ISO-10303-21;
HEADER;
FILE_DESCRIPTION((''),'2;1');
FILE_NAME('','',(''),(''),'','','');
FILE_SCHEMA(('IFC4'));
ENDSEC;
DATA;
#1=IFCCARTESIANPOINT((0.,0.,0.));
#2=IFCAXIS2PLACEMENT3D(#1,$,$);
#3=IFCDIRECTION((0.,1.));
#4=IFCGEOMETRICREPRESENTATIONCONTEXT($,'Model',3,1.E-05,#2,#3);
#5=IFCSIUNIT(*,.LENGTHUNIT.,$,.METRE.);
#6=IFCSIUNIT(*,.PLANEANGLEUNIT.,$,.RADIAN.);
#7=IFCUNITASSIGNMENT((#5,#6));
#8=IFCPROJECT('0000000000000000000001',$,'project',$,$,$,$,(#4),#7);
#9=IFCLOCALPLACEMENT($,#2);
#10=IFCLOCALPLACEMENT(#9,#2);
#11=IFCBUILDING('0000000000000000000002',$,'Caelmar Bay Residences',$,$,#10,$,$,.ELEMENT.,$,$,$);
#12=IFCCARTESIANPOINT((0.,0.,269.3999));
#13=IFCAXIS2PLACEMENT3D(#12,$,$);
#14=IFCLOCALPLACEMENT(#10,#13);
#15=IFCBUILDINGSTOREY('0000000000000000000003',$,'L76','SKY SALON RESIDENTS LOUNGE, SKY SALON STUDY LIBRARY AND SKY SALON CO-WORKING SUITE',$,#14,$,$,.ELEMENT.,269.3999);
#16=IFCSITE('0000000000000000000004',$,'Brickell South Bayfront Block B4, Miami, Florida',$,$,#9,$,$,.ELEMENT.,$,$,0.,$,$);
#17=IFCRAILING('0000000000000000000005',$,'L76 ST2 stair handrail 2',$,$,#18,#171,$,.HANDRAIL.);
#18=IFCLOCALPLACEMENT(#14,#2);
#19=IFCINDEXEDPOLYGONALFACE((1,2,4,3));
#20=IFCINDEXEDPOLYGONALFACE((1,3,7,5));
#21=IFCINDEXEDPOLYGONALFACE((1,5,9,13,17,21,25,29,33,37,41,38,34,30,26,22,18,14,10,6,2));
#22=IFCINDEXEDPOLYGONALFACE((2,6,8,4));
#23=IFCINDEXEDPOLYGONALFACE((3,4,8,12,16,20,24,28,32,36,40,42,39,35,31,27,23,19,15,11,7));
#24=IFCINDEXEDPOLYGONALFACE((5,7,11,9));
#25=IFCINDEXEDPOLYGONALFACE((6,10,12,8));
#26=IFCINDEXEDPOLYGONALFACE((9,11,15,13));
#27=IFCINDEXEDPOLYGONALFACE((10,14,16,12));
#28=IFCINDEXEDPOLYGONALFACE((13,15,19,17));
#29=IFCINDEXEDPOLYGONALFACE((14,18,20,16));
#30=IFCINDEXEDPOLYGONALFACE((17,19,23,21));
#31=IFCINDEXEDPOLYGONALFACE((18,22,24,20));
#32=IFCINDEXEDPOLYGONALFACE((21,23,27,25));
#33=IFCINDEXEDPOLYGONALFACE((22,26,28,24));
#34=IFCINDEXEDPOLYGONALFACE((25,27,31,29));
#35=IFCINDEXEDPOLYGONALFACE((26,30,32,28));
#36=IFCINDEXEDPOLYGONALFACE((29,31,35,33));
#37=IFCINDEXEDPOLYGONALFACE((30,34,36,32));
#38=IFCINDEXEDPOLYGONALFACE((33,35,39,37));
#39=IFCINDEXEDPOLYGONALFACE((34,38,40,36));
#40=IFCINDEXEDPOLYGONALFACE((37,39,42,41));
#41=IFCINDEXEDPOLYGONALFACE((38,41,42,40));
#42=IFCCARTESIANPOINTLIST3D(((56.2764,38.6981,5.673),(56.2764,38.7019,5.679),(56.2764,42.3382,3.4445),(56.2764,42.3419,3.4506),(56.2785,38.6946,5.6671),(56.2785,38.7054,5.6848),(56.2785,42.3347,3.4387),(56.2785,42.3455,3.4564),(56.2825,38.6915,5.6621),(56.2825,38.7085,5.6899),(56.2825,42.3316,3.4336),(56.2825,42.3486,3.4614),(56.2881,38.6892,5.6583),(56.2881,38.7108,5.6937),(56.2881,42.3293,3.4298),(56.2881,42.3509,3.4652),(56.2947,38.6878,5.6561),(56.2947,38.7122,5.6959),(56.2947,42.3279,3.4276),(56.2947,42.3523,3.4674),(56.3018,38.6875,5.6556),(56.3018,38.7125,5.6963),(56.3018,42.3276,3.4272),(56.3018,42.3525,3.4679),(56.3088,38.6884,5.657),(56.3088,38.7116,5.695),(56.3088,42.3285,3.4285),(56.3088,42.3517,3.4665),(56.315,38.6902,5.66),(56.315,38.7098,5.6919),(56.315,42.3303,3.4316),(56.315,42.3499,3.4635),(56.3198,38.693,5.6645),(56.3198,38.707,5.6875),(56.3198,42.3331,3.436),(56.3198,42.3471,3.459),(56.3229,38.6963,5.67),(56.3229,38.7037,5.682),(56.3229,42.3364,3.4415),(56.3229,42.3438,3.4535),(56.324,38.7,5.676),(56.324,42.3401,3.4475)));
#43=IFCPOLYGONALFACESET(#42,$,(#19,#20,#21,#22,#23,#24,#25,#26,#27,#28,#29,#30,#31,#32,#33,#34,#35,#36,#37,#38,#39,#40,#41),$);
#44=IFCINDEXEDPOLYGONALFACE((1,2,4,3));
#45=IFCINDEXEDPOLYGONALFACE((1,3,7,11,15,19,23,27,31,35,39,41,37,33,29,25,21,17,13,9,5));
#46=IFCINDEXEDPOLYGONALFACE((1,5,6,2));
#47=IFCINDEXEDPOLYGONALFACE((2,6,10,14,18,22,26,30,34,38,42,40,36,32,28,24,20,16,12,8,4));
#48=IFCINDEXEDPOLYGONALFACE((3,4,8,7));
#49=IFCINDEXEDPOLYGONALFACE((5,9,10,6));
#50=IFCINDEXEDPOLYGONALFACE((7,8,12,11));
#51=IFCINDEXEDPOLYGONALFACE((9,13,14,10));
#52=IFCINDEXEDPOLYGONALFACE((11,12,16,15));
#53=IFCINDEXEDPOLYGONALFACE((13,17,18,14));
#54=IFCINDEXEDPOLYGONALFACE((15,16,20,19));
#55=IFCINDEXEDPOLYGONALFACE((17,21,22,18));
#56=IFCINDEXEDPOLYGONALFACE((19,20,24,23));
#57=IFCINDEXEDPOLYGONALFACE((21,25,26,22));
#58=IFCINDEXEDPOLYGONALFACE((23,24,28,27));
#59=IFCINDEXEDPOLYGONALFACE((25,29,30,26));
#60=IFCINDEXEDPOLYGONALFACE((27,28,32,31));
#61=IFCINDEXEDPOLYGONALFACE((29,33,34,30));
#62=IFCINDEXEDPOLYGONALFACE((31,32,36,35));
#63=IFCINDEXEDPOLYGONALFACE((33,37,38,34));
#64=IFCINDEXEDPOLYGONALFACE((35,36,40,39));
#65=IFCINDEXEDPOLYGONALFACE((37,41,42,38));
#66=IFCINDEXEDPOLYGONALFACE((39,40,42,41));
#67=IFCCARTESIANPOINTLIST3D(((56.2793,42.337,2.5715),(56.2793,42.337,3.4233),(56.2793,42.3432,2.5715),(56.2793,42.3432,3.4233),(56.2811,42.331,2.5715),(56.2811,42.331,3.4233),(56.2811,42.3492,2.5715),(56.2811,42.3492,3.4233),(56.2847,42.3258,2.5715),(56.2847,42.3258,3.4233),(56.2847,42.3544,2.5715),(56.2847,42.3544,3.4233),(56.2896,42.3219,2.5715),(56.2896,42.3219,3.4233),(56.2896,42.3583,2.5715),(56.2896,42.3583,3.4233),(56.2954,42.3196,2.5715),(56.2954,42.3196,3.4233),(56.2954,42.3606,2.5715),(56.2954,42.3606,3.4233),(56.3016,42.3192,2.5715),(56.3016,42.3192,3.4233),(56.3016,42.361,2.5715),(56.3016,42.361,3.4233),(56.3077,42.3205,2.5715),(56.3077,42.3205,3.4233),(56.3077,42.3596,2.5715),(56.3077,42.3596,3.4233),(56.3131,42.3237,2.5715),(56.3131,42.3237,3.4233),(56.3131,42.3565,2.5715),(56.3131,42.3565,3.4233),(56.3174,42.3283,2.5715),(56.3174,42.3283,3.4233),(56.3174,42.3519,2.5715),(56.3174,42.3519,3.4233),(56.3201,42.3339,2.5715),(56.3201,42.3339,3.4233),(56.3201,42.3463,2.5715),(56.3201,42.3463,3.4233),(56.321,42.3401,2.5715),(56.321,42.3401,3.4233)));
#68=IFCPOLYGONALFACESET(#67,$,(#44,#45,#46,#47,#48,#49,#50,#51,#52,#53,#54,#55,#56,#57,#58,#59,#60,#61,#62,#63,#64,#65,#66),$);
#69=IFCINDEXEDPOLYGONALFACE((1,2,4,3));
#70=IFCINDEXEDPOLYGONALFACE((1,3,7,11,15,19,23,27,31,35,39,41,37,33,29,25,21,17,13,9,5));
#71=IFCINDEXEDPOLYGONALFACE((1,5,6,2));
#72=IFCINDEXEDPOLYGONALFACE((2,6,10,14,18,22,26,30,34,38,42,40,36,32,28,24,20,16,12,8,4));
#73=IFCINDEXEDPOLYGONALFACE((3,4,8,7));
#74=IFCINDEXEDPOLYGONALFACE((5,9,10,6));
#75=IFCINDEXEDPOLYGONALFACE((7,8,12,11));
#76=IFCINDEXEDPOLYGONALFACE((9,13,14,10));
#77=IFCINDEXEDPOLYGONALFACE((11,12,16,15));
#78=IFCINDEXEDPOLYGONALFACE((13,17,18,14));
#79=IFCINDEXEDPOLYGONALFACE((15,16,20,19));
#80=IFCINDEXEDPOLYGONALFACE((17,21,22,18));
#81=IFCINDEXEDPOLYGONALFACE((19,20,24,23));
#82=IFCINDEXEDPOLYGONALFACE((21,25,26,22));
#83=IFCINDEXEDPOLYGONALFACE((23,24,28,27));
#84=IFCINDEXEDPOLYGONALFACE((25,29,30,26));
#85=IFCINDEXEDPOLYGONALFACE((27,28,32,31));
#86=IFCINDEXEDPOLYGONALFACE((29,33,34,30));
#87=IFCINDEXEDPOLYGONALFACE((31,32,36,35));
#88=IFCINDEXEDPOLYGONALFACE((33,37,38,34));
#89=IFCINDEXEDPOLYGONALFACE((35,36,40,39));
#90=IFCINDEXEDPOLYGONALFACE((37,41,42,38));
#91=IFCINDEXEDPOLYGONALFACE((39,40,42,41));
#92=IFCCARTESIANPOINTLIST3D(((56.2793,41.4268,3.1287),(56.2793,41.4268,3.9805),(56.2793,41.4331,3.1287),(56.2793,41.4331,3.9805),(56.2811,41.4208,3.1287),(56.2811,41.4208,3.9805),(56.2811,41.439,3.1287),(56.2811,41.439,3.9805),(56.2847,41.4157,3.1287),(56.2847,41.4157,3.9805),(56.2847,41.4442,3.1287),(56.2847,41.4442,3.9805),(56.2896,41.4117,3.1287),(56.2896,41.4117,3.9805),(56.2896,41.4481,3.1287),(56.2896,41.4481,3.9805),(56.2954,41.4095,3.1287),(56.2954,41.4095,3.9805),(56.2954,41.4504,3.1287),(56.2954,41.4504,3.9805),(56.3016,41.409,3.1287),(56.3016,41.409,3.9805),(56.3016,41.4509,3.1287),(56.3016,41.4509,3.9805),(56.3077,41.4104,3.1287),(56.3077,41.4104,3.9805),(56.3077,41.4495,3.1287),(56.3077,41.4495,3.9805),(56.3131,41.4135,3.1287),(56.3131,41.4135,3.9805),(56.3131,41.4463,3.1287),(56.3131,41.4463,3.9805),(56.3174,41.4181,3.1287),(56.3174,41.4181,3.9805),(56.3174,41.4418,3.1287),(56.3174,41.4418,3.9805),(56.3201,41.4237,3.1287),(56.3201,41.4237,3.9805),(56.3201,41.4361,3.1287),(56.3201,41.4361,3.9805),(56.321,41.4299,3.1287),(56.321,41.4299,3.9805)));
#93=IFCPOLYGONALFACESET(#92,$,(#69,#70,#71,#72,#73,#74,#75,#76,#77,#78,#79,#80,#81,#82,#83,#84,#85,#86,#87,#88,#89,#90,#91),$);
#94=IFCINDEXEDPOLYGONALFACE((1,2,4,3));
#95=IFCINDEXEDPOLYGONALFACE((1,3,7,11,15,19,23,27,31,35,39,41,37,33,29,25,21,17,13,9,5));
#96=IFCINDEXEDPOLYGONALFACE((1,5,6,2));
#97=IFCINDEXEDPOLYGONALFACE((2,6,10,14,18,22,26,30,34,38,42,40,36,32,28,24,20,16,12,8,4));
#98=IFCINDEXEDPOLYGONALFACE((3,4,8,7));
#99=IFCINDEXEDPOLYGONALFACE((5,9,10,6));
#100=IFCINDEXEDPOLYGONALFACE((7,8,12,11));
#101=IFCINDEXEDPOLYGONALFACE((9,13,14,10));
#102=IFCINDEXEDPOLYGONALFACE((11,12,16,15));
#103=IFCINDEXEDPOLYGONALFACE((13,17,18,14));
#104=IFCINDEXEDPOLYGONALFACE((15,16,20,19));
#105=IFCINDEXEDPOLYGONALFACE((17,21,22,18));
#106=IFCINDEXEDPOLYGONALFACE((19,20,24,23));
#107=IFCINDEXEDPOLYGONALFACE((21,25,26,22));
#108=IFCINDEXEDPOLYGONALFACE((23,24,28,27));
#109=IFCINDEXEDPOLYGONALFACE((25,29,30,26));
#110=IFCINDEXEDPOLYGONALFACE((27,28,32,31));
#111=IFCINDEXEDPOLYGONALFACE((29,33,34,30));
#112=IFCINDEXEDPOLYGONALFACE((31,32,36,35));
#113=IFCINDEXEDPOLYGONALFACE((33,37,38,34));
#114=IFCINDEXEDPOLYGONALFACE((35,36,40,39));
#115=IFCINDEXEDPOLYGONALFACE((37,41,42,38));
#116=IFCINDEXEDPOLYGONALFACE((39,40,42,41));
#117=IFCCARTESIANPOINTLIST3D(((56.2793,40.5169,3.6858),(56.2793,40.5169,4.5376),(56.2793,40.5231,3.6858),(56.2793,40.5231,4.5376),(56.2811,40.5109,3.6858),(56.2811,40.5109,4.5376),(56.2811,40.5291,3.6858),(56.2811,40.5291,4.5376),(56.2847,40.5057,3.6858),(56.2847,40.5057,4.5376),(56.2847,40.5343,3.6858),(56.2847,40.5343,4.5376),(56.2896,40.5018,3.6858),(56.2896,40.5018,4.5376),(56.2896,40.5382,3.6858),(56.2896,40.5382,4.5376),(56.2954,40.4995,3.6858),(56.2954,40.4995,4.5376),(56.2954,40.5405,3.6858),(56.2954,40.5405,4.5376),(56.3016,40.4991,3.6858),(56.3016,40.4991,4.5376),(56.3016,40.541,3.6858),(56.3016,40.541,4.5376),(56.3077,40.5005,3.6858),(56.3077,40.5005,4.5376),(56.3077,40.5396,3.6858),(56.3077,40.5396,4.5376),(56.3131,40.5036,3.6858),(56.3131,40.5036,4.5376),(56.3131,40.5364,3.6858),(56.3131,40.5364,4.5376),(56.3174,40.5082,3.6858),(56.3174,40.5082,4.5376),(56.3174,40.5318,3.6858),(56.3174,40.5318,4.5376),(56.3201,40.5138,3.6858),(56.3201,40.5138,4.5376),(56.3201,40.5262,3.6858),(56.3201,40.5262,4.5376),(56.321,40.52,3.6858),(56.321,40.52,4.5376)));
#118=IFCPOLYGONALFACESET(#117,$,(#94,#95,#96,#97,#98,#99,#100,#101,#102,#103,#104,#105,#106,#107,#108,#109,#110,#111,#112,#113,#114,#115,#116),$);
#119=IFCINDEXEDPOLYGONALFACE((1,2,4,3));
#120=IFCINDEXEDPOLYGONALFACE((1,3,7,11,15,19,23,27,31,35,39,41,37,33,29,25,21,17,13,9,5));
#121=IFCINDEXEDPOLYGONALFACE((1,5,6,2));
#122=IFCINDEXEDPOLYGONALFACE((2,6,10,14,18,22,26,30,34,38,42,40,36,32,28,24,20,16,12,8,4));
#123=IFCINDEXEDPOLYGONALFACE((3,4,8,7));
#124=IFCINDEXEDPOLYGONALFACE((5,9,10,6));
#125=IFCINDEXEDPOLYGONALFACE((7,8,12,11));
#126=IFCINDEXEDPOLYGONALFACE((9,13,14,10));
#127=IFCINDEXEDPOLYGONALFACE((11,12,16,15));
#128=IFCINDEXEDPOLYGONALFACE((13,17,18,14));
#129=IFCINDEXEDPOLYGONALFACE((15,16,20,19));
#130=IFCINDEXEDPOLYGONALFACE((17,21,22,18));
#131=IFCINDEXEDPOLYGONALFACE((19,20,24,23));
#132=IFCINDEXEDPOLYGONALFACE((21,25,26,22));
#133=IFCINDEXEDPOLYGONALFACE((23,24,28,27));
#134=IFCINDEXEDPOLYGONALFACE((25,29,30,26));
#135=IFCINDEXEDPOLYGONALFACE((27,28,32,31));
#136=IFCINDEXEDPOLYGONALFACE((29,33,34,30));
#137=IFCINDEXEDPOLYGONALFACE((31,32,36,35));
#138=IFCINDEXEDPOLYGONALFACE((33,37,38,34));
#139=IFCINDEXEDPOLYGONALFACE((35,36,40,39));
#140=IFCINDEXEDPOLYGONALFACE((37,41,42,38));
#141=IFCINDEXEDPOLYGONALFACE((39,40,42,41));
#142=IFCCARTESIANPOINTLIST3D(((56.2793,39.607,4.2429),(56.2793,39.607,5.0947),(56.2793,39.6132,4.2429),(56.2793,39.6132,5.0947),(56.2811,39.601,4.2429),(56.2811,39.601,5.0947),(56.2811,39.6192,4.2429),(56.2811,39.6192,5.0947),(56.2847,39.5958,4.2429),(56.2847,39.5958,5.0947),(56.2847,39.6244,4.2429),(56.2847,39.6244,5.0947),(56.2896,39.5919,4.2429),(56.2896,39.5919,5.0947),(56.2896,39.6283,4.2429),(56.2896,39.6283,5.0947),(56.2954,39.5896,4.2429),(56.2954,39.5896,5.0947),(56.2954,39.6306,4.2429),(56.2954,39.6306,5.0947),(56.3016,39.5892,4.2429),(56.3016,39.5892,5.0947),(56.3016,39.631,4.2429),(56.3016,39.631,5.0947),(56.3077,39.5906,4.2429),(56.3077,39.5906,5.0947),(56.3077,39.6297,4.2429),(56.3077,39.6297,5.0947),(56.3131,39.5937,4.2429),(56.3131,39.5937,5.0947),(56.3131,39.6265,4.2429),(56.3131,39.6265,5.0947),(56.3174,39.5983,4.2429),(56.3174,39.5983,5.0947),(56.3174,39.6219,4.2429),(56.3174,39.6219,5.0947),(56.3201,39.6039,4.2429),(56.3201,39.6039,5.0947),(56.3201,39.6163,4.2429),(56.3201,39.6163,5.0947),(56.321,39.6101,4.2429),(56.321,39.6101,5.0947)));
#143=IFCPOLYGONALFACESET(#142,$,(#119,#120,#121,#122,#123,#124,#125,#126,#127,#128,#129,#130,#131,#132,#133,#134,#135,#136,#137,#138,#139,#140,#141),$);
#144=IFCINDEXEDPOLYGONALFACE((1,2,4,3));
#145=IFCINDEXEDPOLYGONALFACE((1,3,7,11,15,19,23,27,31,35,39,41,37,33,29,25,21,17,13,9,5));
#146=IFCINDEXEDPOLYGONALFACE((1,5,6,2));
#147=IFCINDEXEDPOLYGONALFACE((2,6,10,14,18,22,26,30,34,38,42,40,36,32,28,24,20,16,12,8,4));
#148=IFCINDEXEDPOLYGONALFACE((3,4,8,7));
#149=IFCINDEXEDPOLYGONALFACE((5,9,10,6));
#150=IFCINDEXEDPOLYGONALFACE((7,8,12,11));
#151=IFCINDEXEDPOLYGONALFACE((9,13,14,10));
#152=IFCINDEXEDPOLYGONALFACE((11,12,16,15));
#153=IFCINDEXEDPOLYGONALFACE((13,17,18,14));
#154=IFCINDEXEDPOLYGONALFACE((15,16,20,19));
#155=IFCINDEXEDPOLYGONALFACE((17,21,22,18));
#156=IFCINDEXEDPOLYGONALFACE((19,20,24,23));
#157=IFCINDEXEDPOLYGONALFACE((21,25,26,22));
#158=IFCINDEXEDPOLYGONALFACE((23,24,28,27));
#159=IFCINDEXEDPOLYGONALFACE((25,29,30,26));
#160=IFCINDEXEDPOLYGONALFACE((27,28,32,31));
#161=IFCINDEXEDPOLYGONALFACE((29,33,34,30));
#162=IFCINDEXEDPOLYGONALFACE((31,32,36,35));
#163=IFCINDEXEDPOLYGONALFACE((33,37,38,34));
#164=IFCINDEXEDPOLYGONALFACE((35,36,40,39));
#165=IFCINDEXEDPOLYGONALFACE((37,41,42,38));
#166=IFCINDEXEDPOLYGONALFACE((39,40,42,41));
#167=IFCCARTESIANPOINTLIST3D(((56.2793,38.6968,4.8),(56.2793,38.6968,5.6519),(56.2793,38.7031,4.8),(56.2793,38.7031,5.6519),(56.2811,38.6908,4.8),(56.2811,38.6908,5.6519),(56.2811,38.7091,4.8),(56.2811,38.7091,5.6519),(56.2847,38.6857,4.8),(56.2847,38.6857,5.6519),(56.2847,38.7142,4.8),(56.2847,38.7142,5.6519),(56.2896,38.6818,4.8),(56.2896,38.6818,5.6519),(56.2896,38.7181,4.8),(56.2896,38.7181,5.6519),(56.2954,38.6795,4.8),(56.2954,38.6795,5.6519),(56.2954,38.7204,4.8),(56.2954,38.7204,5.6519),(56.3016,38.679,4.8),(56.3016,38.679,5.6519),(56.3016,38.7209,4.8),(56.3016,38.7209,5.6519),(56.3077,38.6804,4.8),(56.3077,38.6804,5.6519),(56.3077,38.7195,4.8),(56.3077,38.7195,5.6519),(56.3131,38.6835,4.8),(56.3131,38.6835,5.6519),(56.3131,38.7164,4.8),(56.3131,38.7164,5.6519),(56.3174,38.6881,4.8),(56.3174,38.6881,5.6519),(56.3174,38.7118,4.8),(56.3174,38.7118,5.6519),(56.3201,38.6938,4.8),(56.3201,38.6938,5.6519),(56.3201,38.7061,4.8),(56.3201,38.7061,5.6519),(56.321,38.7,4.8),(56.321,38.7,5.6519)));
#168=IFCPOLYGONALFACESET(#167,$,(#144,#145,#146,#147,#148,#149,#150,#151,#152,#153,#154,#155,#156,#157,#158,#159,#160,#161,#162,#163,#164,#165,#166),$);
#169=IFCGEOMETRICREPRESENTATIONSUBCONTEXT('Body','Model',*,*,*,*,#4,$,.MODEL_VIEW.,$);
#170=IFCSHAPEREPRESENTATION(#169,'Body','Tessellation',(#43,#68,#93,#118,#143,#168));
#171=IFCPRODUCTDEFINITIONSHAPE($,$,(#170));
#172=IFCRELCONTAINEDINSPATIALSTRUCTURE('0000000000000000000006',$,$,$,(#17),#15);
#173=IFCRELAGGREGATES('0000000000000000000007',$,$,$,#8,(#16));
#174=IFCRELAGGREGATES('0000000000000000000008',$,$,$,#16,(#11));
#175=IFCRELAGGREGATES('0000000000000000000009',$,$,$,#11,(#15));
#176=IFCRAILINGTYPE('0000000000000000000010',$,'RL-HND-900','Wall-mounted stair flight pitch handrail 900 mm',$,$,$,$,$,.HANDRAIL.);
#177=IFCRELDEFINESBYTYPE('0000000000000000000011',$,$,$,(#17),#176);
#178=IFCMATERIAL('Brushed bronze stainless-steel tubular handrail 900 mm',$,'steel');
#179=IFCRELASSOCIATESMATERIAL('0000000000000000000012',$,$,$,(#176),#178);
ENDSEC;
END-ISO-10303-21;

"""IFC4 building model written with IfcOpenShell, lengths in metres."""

from ifc_helpers import new_model, si_unit, direction, frame, origin, origin_2d, place, context, subcontext, project, spatial, circle, extrude, material, type_object, element, save


model = new_model("IFC4")

# Units and contexts
model_context = context("Model", 3, precision=1e-05, world=origin(), true_north=direction((0.0, 1.0)))
body_context = subcontext(model_context, "Body", "Model", "MODEL_VIEW")
ifc_project = project(units=[si_unit("LENGTHUNIT", "METRE"), si_unit("PLANEANGLEUNIT", "RADIAN")], contexts=[model_context])

# Site, building, storey
site_placement = place(None, origin())
site = spatial("IfcSite", under=ifc_project, at=site_placement, Name="Brickell South Bayfront Block B4, Miami, Florida", CompositionType="ELEMENT", RefElevation=0.0)
building_placement = place(site_placement, origin())
building = spatial("IfcBuilding", under=site, at=building_placement, Name="Caelmar Bay Residences", CompositionType="ELEMENT")
storey_placement = place(building_placement, frame((0.0, 0.0, 269.3999)))
storey = spatial("IfcBuildingStorey", under=building, at=storey_placement, Name="L76", Description="SKY SALON RESIDENTS LOUNGE, SKY SALON STUDY LIBRARY AND SKY SALON CO-WORKING SUITE", CompositionType="ELEMENT", Elevation=269.3999)

# Railing
ifc_material_1 = material(Name="Brushed bronze stainless-steel tubular handrail 900 mm", Category="steel")
railing_type_1 = type_object("IfcRailingType", Name="RL-HND-900", Description="Wall-mounted stair flight pitch handrail 900 mm", PredefinedType="HANDRAIL", material=ifc_material_1)
railing_1_placement = place(storey_placement, frame((56.3, 42.3401, 2.5715)))
element("IfcRailing", 1, at=railing_1_placement, inside=storey, type_object=railing_type_1, Name="L76 ST2 stair handrail 2", PredefinedType="HANDRAIL", context=body_context, shape_type="SweptSolid", body=[
    extrude(circle(Radius=0.0239, at=origin_2d()), frame((0.0, 0.0, 0.876), z_axis=(0.0, -0.852866, 0.52213), x_axis=(1.0, 0.0, 0.0)), (0.0, 0.0, 1.0), 4.2681),
    extrude(circle(Radius=0.021, at=origin_2d()), origin(), (0.0, 0.0, 1.0), 0.8518),
    extrude(circle(Radius=0.021, at=origin_2d()), frame((0.0, -0.9102, 0.5571)), (0.0, 0.0, 1.0), 0.8518),
    extrude(circle(Radius=0.021, at=origin_2d()), frame((0.0, -1.8201, 1.1143)), (0.0, 0.0, 1.0), 0.8518),
    extrude(circle(Radius=0.021, at=origin_2d()), frame((0.0, -2.73, 1.6714)), (0.0, 0.0, 1.0), 0.8518),
    extrude(circle(Radius=0.021, at=origin_2d()), frame((0.0, -3.6401, 2.2285)), (0.0, 0.0, 1.0), 0.8518),
])

save(model, "model.ifc")
